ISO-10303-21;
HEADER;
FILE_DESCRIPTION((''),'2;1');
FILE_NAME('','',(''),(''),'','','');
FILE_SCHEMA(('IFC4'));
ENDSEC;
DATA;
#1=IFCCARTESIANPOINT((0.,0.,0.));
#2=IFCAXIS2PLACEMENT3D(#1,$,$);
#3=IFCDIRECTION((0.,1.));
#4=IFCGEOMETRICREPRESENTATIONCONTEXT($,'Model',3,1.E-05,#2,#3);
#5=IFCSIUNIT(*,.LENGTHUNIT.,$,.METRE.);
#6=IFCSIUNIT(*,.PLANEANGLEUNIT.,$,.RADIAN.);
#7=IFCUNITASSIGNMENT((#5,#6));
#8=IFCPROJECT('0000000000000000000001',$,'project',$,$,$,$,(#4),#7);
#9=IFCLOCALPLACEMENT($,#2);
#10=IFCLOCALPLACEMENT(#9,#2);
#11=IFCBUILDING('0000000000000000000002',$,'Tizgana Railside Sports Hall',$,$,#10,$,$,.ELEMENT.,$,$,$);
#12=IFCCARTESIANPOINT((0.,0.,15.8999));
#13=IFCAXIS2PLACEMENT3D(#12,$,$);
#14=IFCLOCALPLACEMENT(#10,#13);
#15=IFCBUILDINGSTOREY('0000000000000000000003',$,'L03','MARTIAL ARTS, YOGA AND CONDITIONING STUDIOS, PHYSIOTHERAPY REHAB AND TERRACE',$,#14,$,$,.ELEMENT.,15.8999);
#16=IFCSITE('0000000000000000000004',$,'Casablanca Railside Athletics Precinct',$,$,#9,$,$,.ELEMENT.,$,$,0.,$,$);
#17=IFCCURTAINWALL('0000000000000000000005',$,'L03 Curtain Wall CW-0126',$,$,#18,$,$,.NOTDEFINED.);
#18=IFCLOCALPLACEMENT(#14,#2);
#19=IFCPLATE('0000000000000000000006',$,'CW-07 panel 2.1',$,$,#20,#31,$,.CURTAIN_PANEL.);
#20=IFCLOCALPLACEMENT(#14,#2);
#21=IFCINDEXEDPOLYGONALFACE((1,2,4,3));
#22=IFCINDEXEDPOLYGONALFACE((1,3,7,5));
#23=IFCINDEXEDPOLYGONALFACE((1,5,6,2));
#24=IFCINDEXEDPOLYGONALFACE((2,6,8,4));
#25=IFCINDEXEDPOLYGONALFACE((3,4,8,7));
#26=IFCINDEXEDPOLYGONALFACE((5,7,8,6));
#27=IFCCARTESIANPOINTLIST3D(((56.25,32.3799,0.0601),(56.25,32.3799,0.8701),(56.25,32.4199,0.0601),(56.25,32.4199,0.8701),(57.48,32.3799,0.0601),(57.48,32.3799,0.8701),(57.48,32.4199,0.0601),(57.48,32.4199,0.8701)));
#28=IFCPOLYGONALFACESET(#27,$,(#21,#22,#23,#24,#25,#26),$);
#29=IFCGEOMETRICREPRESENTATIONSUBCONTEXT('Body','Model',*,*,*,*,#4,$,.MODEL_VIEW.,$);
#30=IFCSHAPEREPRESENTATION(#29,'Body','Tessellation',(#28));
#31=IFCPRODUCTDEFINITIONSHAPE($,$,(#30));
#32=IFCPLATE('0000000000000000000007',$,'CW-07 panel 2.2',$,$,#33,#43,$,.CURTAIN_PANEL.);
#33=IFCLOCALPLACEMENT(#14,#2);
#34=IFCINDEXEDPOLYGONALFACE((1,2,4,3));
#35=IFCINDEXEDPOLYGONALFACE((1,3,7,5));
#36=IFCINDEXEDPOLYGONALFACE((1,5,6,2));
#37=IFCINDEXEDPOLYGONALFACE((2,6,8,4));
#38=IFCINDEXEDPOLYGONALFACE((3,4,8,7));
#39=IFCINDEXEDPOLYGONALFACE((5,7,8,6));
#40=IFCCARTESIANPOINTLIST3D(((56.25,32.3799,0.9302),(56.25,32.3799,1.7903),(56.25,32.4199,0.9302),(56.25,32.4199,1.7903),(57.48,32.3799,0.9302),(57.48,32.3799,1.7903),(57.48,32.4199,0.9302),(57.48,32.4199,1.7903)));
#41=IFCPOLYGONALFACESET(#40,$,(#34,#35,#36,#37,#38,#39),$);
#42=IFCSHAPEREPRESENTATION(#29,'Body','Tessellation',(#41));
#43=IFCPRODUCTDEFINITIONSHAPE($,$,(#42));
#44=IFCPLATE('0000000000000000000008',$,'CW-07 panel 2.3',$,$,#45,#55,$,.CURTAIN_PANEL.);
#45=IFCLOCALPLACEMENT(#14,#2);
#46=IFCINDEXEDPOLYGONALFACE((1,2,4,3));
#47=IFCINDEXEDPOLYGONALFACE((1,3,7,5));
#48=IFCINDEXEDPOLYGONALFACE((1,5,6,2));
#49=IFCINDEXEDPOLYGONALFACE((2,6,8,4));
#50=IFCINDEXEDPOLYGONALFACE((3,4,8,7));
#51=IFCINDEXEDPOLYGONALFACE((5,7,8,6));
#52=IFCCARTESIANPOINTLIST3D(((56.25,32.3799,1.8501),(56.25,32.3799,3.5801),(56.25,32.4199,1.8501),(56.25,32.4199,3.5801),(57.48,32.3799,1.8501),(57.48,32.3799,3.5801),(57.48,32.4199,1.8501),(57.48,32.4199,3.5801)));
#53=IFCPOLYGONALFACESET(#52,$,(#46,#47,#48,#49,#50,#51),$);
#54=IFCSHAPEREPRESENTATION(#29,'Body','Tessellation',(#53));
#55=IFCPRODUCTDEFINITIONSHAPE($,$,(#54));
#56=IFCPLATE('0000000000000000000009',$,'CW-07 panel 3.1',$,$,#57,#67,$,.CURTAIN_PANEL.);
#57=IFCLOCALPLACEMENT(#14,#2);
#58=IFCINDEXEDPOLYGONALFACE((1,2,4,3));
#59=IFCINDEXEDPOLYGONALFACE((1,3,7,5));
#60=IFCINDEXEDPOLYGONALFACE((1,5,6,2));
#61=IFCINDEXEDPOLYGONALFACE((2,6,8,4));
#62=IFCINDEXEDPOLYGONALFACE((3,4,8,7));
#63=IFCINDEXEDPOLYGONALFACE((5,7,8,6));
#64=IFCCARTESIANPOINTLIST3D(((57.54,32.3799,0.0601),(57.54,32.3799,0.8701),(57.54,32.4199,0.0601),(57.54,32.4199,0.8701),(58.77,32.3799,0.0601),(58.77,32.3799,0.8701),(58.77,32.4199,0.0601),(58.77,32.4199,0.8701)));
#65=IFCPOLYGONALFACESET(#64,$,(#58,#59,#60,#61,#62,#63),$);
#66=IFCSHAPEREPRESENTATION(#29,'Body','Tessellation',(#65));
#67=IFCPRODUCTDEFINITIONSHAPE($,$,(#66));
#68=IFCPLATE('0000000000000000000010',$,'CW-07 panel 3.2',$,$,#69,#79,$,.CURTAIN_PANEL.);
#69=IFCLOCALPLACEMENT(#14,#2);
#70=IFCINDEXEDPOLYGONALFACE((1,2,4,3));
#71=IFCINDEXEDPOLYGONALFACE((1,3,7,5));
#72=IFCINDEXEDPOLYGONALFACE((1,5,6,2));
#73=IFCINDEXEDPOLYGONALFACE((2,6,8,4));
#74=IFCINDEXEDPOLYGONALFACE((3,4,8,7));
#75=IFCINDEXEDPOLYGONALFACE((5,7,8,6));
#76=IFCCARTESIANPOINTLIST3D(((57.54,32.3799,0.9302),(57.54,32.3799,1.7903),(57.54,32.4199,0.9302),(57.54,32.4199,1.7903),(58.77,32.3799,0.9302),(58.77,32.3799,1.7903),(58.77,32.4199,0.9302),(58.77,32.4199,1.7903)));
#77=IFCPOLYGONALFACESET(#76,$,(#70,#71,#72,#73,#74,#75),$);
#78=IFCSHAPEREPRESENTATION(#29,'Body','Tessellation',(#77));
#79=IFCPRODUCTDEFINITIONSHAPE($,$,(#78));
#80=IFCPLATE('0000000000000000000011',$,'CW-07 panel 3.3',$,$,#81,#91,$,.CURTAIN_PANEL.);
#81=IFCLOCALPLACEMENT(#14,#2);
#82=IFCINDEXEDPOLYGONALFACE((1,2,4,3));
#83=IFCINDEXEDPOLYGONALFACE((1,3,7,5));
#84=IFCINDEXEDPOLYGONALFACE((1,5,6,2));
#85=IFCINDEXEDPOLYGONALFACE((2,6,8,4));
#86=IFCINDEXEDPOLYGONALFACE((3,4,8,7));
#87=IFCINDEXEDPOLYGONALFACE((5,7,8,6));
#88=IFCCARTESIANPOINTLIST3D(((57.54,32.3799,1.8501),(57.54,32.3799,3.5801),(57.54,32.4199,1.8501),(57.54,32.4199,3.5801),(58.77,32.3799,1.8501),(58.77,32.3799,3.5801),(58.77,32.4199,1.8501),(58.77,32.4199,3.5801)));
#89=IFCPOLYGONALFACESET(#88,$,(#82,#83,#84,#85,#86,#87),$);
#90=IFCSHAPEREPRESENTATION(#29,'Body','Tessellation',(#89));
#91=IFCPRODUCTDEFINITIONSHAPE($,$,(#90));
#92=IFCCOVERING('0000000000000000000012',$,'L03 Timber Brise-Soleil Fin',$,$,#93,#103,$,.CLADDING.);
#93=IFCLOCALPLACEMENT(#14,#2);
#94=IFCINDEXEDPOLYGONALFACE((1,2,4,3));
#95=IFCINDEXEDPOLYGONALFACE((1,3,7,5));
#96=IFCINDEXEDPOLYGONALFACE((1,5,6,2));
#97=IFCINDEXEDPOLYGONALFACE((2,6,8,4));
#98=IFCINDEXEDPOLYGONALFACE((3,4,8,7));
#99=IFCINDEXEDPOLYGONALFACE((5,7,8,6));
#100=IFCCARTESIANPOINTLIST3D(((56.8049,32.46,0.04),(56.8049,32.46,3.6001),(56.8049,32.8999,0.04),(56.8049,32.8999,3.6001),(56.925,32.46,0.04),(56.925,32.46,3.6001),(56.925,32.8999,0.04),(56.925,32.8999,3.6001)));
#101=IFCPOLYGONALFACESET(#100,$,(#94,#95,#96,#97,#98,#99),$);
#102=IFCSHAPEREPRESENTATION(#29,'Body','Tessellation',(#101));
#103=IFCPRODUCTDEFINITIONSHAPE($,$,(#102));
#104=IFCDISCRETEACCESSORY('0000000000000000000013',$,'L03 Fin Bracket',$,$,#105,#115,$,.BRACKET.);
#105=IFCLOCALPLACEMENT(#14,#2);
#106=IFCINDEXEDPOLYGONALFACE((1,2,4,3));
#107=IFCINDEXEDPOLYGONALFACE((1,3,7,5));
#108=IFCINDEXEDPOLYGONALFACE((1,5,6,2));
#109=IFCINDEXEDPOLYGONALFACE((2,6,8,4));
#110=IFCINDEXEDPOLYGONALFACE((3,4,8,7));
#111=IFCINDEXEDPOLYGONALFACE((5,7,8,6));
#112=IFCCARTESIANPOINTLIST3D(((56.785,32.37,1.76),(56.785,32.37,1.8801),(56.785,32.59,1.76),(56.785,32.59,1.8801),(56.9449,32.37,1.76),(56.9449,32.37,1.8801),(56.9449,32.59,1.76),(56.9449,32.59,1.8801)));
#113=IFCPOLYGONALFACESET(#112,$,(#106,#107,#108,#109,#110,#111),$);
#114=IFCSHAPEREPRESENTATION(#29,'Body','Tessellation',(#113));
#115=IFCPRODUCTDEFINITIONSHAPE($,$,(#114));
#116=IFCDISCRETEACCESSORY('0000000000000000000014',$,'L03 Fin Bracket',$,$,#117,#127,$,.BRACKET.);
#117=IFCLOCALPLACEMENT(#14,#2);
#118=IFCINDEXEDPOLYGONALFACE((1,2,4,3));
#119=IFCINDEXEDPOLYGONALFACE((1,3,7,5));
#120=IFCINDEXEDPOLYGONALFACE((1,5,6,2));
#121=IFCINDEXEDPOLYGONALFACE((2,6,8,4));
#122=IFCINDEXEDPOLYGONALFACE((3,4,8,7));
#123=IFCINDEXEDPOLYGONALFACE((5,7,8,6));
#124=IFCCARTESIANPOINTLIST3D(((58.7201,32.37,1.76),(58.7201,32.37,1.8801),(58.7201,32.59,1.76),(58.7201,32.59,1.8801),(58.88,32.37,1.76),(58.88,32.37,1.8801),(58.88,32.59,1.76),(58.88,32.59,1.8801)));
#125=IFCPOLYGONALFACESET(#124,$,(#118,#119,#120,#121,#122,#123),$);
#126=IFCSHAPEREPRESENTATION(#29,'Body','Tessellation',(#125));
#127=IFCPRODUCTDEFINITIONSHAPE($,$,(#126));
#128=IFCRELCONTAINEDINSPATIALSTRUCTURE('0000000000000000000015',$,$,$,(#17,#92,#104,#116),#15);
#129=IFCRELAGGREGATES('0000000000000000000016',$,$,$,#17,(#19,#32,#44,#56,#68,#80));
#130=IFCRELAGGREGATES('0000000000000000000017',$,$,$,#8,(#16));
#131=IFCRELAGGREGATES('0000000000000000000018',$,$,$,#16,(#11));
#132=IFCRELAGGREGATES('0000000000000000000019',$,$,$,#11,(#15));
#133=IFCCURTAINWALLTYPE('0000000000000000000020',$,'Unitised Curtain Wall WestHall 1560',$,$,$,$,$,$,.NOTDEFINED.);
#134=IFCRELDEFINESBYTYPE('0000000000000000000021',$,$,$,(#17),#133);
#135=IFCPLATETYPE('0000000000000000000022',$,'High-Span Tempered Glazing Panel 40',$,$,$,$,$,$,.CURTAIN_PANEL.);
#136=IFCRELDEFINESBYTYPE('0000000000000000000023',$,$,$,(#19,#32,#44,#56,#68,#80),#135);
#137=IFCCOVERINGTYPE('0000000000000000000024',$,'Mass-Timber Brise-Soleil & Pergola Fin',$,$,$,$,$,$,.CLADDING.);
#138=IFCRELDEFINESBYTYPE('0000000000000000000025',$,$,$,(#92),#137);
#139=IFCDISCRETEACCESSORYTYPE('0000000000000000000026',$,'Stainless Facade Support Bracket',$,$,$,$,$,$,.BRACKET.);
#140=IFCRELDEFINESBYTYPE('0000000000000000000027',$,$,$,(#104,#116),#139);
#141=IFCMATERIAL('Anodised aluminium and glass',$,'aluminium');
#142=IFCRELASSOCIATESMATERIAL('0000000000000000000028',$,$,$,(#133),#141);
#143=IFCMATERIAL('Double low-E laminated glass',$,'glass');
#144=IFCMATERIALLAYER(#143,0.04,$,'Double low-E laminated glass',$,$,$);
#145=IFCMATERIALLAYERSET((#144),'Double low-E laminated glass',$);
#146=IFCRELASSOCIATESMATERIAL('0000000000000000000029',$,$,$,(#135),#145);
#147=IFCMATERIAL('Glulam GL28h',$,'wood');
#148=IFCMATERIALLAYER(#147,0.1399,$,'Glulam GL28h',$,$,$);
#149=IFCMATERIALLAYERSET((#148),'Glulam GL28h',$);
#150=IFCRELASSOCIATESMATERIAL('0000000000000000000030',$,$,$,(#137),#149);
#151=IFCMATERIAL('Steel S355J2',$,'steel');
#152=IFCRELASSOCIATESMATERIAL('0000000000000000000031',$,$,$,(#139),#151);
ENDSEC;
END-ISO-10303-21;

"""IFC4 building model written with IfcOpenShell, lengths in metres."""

from ifc_helpers import new_model, si_unit, direction, frame, origin, origin_2d, place, context, subcontext, project, spatial, rectangle, extrude, material, layer, layer_set, type_object, element, aggregate, save


model = new_model("IFC4")

# Units and contexts
model_context = context("Model", 3, precision=1e-05, world=origin(), true_north=direction((0.0, 1.0)))
body_context = subcontext(model_context, "Body", "Model", "MODEL_VIEW")
ifc_project = project(units=[si_unit("LENGTHUNIT", "METRE"), si_unit("PLANEANGLEUNIT", "RADIAN")], contexts=[model_context])

# Site, building, storey
site_placement = place(None, origin())
site = spatial("IfcSite", under=ifc_project, at=site_placement, Name="Casablanca Railside Athletics Precinct", CompositionType="ELEMENT", RefElevation=0.0)
building_placement = place(site_placement, origin())
building = spatial("IfcBuilding", under=site, at=building_placement, Name="Tizgana Railside Sports Hall", CompositionType="ELEMENT")
storey_placement = place(building_placement, frame((0.0, 0.0, 15.8999)))
storey = spatial("IfcBuildingStorey", under=building, at=storey_placement, Name="L03", Description="MARTIAL ARTS, YOGA AND CONDITIONING STUDIOS, PHYSIOTHERAPY REHAB AND TERRACE", CompositionType="ELEMENT", Elevation=15.8999)

# Curtain wall
ifc_material_1 = material(Name="Anodised aluminium and glass", Category="aluminium")
curtain_wall_type = type_object("IfcCurtainWallType", Name="Unitised Curtain Wall WestHall 1560", PredefinedType="NOTDEFINED", material=ifc_material_1)
curtain_wall_placement = place(storey_placement, origin())
curtain_wall = element("IfcCurtainWall", 1, at=curtain_wall_placement, inside=storey, type_object=curtain_wall_type, Name="L03 Curtain Wall CW-0126", PredefinedType="NOTDEFINED")

# Shared definitions
ifc_material_2 = material(Name="Steel S355J2", Category="steel")

# Plates
ifc_material_3 = material(Name="Double low-E laminated glass", Category="glass")
ifc_layer_1 = layer(ifc_material_3, 0.04, Name="Double low-E laminated glass")
ifc_layer_set_1 = layer_set([ifc_layer_1], Name="Double low-E laminated glass")
plate_type = type_object("IfcPlateType", Name="High-Span Tempered Glazing Panel 40", PredefinedType="CURTAIN_PANEL", material=ifc_layer_set_1)
plate_1_placement = place(storey_placement, frame((56.865, 32.3999, 0.0601), z_axis=(0.0, 0.0, 1.0), x_axis=(1.0, 0.0, 0.0)))
plate_1 = element("IfcPlate", 2, at=plate_1_placement, type_object=plate_type, Name="CW-07 panel 2.1", PredefinedType="CURTAIN_PANEL", context=body_context, shape_type="SweptSolid", body=[
    extrude(rectangle(XDim=1.23, YDim=0.04, at=origin_2d()), origin(), (0.0, 0.0, 1.0), 0.8101),
])
plate_2_placement = place(storey_placement, frame((56.865, 32.3999, 0.9302), z_axis=(0.0, 0.0, 1.0), x_axis=(1.0, 0.0, 0.0)))
plate_2 = element("IfcPlate", 3, at=plate_2_placement, type_object=plate_type, Name="CW-07 panel 2.2", PredefinedType="CURTAIN_PANEL", context=body_context, shape_type="SweptSolid", body=[
    extrude(rectangle(XDim=1.23, YDim=0.04, at=origin_2d()), origin(), (0.0, 0.0, 1.0), 0.8601),
])
plate_3_placement = place(storey_placement, frame((56.865, 32.3999, 1.8501), z_axis=(0.0, 0.0, 1.0), x_axis=(1.0, 0.0, 0.0)))
plate_3 = element("IfcPlate", 4, at=plate_3_placement, type_object=plate_type, Name="CW-07 panel 2.3", PredefinedType="CURTAIN_PANEL", context=body_context, shape_type="SweptSolid", body=[
    extrude(rectangle(XDim=1.23, YDim=0.04, at=origin_2d()), origin(), (0.0, 0.0, 1.0), 1.73),
])
plate_4_placement = place(storey_placement, frame((58.155, 32.3999, 0.0601), z_axis=(0.0, 0.0, 1.0), x_axis=(1.0, 0.0, 0.0)))
plate_4 = element("IfcPlate", 5, at=plate_4_placement, type_object=plate_type, Name="CW-07 panel 3.1", PredefinedType="CURTAIN_PANEL", context=body_context, shape_type="SweptSolid", body=[
    extrude(rectangle(XDim=1.23, YDim=0.04, at=origin_2d()), origin(), (0.0, 0.0, 1.0), 0.8101),
])
plate_5_placement = place(storey_placement, frame((58.155, 32.3999, 0.9302), z_axis=(0.0, 0.0, 1.0), x_axis=(1.0, 0.0, 0.0)))
plate_5 = element("IfcPlate", 6, at=plate_5_placement, type_object=plate_type, Name="CW-07 panel 3.2", PredefinedType="CURTAIN_PANEL", context=body_context, shape_type="SweptSolid", body=[
    extrude(rectangle(XDim=1.23, YDim=0.04, at=origin_2d()), origin(), (0.0, 0.0, 1.0), 0.8601),
])
plate_6_placement = place(storey_placement, frame((58.155, 32.3999, 1.8501), z_axis=(0.0, 0.0, 1.0), x_axis=(1.0, 0.0, 0.0)))
plate_6 = element("IfcPlate", 7, at=plate_6_placement, type_object=plate_type, Name="CW-07 panel 3.3", PredefinedType="CURTAIN_PANEL", context=body_context, shape_type="SweptSolid", body=[
    extrude(rectangle(XDim=1.23, YDim=0.04, at=origin_2d()), origin(), (0.0, 0.0, 1.0), 1.73),
])
aggregate(curtain_wall, [plate_1, plate_2, plate_3, plate_4, plate_5, plate_6])

# Covering
ifc_material_4 = material(Name="Glulam GL28h", Category="wood")
ifc_layer_2 = layer(ifc_material_4, 0.1399, Name="Glulam GL28h")
ifc_layer_set_2 = layer_set([ifc_layer_2], Name="Glulam GL28h")
covering_type = type_object("IfcCoveringType", Name="Mass-Timber Brise-Soleil & Pergola Fin", PredefinedType="CLADDING", material=ifc_layer_set_2)
covering_placement = place(storey_placement, frame((56.865, 32.6799, 0.04), z_axis=(0.0, 0.0, 1.0), x_axis=(1.0, 0.0, 0.0)))
element("IfcCovering", 8, at=covering_placement, inside=storey, type_object=covering_type, Name="L03 Timber Brise-Soleil Fin", PredefinedType="CLADDING", context=body_context, shape_type="SweptSolid", body=[
    extrude(rectangle(XDim=0.1201, YDim=0.4399, at=origin_2d()), origin(), (0.0, 0.0, 1.0), 3.5601),
])

# Discrete accessories
discrete_accessory_type = type_object("IfcDiscreteAccessoryType", Name="Stainless Facade Support Bracket", PredefinedType="BRACKET", material=ifc_material_2)
for number, where, z_axis, x_axis, name in (
    (9, (56.865, 32.48, 1.76), (0.0, 0.0, 1.0), (1.0, 0.0, 0.0), "L03 Fin Bracket"),
    (10, (58.8, 32.48, 1.76), (0.0, 0.0, 1.0), (1.0, 0.0, 0.0), "L03 Fin Bracket"),
):
    element("IfcDiscreteAccessory", number, at=place(storey_placement, frame(where, z_axis=z_axis, x_axis=x_axis)), inside=storey, type_object=discrete_accessory_type, Name=name, PredefinedType="BRACKET", context=body_context, shape_type="SweptSolid", body=[
        extrude(rectangle(XDim=0.1599, YDim=0.22, at=origin_2d()), origin(), (0.0, 0.0, 1.0), 0.1201),
    ])

save(model, "model.ifc")
